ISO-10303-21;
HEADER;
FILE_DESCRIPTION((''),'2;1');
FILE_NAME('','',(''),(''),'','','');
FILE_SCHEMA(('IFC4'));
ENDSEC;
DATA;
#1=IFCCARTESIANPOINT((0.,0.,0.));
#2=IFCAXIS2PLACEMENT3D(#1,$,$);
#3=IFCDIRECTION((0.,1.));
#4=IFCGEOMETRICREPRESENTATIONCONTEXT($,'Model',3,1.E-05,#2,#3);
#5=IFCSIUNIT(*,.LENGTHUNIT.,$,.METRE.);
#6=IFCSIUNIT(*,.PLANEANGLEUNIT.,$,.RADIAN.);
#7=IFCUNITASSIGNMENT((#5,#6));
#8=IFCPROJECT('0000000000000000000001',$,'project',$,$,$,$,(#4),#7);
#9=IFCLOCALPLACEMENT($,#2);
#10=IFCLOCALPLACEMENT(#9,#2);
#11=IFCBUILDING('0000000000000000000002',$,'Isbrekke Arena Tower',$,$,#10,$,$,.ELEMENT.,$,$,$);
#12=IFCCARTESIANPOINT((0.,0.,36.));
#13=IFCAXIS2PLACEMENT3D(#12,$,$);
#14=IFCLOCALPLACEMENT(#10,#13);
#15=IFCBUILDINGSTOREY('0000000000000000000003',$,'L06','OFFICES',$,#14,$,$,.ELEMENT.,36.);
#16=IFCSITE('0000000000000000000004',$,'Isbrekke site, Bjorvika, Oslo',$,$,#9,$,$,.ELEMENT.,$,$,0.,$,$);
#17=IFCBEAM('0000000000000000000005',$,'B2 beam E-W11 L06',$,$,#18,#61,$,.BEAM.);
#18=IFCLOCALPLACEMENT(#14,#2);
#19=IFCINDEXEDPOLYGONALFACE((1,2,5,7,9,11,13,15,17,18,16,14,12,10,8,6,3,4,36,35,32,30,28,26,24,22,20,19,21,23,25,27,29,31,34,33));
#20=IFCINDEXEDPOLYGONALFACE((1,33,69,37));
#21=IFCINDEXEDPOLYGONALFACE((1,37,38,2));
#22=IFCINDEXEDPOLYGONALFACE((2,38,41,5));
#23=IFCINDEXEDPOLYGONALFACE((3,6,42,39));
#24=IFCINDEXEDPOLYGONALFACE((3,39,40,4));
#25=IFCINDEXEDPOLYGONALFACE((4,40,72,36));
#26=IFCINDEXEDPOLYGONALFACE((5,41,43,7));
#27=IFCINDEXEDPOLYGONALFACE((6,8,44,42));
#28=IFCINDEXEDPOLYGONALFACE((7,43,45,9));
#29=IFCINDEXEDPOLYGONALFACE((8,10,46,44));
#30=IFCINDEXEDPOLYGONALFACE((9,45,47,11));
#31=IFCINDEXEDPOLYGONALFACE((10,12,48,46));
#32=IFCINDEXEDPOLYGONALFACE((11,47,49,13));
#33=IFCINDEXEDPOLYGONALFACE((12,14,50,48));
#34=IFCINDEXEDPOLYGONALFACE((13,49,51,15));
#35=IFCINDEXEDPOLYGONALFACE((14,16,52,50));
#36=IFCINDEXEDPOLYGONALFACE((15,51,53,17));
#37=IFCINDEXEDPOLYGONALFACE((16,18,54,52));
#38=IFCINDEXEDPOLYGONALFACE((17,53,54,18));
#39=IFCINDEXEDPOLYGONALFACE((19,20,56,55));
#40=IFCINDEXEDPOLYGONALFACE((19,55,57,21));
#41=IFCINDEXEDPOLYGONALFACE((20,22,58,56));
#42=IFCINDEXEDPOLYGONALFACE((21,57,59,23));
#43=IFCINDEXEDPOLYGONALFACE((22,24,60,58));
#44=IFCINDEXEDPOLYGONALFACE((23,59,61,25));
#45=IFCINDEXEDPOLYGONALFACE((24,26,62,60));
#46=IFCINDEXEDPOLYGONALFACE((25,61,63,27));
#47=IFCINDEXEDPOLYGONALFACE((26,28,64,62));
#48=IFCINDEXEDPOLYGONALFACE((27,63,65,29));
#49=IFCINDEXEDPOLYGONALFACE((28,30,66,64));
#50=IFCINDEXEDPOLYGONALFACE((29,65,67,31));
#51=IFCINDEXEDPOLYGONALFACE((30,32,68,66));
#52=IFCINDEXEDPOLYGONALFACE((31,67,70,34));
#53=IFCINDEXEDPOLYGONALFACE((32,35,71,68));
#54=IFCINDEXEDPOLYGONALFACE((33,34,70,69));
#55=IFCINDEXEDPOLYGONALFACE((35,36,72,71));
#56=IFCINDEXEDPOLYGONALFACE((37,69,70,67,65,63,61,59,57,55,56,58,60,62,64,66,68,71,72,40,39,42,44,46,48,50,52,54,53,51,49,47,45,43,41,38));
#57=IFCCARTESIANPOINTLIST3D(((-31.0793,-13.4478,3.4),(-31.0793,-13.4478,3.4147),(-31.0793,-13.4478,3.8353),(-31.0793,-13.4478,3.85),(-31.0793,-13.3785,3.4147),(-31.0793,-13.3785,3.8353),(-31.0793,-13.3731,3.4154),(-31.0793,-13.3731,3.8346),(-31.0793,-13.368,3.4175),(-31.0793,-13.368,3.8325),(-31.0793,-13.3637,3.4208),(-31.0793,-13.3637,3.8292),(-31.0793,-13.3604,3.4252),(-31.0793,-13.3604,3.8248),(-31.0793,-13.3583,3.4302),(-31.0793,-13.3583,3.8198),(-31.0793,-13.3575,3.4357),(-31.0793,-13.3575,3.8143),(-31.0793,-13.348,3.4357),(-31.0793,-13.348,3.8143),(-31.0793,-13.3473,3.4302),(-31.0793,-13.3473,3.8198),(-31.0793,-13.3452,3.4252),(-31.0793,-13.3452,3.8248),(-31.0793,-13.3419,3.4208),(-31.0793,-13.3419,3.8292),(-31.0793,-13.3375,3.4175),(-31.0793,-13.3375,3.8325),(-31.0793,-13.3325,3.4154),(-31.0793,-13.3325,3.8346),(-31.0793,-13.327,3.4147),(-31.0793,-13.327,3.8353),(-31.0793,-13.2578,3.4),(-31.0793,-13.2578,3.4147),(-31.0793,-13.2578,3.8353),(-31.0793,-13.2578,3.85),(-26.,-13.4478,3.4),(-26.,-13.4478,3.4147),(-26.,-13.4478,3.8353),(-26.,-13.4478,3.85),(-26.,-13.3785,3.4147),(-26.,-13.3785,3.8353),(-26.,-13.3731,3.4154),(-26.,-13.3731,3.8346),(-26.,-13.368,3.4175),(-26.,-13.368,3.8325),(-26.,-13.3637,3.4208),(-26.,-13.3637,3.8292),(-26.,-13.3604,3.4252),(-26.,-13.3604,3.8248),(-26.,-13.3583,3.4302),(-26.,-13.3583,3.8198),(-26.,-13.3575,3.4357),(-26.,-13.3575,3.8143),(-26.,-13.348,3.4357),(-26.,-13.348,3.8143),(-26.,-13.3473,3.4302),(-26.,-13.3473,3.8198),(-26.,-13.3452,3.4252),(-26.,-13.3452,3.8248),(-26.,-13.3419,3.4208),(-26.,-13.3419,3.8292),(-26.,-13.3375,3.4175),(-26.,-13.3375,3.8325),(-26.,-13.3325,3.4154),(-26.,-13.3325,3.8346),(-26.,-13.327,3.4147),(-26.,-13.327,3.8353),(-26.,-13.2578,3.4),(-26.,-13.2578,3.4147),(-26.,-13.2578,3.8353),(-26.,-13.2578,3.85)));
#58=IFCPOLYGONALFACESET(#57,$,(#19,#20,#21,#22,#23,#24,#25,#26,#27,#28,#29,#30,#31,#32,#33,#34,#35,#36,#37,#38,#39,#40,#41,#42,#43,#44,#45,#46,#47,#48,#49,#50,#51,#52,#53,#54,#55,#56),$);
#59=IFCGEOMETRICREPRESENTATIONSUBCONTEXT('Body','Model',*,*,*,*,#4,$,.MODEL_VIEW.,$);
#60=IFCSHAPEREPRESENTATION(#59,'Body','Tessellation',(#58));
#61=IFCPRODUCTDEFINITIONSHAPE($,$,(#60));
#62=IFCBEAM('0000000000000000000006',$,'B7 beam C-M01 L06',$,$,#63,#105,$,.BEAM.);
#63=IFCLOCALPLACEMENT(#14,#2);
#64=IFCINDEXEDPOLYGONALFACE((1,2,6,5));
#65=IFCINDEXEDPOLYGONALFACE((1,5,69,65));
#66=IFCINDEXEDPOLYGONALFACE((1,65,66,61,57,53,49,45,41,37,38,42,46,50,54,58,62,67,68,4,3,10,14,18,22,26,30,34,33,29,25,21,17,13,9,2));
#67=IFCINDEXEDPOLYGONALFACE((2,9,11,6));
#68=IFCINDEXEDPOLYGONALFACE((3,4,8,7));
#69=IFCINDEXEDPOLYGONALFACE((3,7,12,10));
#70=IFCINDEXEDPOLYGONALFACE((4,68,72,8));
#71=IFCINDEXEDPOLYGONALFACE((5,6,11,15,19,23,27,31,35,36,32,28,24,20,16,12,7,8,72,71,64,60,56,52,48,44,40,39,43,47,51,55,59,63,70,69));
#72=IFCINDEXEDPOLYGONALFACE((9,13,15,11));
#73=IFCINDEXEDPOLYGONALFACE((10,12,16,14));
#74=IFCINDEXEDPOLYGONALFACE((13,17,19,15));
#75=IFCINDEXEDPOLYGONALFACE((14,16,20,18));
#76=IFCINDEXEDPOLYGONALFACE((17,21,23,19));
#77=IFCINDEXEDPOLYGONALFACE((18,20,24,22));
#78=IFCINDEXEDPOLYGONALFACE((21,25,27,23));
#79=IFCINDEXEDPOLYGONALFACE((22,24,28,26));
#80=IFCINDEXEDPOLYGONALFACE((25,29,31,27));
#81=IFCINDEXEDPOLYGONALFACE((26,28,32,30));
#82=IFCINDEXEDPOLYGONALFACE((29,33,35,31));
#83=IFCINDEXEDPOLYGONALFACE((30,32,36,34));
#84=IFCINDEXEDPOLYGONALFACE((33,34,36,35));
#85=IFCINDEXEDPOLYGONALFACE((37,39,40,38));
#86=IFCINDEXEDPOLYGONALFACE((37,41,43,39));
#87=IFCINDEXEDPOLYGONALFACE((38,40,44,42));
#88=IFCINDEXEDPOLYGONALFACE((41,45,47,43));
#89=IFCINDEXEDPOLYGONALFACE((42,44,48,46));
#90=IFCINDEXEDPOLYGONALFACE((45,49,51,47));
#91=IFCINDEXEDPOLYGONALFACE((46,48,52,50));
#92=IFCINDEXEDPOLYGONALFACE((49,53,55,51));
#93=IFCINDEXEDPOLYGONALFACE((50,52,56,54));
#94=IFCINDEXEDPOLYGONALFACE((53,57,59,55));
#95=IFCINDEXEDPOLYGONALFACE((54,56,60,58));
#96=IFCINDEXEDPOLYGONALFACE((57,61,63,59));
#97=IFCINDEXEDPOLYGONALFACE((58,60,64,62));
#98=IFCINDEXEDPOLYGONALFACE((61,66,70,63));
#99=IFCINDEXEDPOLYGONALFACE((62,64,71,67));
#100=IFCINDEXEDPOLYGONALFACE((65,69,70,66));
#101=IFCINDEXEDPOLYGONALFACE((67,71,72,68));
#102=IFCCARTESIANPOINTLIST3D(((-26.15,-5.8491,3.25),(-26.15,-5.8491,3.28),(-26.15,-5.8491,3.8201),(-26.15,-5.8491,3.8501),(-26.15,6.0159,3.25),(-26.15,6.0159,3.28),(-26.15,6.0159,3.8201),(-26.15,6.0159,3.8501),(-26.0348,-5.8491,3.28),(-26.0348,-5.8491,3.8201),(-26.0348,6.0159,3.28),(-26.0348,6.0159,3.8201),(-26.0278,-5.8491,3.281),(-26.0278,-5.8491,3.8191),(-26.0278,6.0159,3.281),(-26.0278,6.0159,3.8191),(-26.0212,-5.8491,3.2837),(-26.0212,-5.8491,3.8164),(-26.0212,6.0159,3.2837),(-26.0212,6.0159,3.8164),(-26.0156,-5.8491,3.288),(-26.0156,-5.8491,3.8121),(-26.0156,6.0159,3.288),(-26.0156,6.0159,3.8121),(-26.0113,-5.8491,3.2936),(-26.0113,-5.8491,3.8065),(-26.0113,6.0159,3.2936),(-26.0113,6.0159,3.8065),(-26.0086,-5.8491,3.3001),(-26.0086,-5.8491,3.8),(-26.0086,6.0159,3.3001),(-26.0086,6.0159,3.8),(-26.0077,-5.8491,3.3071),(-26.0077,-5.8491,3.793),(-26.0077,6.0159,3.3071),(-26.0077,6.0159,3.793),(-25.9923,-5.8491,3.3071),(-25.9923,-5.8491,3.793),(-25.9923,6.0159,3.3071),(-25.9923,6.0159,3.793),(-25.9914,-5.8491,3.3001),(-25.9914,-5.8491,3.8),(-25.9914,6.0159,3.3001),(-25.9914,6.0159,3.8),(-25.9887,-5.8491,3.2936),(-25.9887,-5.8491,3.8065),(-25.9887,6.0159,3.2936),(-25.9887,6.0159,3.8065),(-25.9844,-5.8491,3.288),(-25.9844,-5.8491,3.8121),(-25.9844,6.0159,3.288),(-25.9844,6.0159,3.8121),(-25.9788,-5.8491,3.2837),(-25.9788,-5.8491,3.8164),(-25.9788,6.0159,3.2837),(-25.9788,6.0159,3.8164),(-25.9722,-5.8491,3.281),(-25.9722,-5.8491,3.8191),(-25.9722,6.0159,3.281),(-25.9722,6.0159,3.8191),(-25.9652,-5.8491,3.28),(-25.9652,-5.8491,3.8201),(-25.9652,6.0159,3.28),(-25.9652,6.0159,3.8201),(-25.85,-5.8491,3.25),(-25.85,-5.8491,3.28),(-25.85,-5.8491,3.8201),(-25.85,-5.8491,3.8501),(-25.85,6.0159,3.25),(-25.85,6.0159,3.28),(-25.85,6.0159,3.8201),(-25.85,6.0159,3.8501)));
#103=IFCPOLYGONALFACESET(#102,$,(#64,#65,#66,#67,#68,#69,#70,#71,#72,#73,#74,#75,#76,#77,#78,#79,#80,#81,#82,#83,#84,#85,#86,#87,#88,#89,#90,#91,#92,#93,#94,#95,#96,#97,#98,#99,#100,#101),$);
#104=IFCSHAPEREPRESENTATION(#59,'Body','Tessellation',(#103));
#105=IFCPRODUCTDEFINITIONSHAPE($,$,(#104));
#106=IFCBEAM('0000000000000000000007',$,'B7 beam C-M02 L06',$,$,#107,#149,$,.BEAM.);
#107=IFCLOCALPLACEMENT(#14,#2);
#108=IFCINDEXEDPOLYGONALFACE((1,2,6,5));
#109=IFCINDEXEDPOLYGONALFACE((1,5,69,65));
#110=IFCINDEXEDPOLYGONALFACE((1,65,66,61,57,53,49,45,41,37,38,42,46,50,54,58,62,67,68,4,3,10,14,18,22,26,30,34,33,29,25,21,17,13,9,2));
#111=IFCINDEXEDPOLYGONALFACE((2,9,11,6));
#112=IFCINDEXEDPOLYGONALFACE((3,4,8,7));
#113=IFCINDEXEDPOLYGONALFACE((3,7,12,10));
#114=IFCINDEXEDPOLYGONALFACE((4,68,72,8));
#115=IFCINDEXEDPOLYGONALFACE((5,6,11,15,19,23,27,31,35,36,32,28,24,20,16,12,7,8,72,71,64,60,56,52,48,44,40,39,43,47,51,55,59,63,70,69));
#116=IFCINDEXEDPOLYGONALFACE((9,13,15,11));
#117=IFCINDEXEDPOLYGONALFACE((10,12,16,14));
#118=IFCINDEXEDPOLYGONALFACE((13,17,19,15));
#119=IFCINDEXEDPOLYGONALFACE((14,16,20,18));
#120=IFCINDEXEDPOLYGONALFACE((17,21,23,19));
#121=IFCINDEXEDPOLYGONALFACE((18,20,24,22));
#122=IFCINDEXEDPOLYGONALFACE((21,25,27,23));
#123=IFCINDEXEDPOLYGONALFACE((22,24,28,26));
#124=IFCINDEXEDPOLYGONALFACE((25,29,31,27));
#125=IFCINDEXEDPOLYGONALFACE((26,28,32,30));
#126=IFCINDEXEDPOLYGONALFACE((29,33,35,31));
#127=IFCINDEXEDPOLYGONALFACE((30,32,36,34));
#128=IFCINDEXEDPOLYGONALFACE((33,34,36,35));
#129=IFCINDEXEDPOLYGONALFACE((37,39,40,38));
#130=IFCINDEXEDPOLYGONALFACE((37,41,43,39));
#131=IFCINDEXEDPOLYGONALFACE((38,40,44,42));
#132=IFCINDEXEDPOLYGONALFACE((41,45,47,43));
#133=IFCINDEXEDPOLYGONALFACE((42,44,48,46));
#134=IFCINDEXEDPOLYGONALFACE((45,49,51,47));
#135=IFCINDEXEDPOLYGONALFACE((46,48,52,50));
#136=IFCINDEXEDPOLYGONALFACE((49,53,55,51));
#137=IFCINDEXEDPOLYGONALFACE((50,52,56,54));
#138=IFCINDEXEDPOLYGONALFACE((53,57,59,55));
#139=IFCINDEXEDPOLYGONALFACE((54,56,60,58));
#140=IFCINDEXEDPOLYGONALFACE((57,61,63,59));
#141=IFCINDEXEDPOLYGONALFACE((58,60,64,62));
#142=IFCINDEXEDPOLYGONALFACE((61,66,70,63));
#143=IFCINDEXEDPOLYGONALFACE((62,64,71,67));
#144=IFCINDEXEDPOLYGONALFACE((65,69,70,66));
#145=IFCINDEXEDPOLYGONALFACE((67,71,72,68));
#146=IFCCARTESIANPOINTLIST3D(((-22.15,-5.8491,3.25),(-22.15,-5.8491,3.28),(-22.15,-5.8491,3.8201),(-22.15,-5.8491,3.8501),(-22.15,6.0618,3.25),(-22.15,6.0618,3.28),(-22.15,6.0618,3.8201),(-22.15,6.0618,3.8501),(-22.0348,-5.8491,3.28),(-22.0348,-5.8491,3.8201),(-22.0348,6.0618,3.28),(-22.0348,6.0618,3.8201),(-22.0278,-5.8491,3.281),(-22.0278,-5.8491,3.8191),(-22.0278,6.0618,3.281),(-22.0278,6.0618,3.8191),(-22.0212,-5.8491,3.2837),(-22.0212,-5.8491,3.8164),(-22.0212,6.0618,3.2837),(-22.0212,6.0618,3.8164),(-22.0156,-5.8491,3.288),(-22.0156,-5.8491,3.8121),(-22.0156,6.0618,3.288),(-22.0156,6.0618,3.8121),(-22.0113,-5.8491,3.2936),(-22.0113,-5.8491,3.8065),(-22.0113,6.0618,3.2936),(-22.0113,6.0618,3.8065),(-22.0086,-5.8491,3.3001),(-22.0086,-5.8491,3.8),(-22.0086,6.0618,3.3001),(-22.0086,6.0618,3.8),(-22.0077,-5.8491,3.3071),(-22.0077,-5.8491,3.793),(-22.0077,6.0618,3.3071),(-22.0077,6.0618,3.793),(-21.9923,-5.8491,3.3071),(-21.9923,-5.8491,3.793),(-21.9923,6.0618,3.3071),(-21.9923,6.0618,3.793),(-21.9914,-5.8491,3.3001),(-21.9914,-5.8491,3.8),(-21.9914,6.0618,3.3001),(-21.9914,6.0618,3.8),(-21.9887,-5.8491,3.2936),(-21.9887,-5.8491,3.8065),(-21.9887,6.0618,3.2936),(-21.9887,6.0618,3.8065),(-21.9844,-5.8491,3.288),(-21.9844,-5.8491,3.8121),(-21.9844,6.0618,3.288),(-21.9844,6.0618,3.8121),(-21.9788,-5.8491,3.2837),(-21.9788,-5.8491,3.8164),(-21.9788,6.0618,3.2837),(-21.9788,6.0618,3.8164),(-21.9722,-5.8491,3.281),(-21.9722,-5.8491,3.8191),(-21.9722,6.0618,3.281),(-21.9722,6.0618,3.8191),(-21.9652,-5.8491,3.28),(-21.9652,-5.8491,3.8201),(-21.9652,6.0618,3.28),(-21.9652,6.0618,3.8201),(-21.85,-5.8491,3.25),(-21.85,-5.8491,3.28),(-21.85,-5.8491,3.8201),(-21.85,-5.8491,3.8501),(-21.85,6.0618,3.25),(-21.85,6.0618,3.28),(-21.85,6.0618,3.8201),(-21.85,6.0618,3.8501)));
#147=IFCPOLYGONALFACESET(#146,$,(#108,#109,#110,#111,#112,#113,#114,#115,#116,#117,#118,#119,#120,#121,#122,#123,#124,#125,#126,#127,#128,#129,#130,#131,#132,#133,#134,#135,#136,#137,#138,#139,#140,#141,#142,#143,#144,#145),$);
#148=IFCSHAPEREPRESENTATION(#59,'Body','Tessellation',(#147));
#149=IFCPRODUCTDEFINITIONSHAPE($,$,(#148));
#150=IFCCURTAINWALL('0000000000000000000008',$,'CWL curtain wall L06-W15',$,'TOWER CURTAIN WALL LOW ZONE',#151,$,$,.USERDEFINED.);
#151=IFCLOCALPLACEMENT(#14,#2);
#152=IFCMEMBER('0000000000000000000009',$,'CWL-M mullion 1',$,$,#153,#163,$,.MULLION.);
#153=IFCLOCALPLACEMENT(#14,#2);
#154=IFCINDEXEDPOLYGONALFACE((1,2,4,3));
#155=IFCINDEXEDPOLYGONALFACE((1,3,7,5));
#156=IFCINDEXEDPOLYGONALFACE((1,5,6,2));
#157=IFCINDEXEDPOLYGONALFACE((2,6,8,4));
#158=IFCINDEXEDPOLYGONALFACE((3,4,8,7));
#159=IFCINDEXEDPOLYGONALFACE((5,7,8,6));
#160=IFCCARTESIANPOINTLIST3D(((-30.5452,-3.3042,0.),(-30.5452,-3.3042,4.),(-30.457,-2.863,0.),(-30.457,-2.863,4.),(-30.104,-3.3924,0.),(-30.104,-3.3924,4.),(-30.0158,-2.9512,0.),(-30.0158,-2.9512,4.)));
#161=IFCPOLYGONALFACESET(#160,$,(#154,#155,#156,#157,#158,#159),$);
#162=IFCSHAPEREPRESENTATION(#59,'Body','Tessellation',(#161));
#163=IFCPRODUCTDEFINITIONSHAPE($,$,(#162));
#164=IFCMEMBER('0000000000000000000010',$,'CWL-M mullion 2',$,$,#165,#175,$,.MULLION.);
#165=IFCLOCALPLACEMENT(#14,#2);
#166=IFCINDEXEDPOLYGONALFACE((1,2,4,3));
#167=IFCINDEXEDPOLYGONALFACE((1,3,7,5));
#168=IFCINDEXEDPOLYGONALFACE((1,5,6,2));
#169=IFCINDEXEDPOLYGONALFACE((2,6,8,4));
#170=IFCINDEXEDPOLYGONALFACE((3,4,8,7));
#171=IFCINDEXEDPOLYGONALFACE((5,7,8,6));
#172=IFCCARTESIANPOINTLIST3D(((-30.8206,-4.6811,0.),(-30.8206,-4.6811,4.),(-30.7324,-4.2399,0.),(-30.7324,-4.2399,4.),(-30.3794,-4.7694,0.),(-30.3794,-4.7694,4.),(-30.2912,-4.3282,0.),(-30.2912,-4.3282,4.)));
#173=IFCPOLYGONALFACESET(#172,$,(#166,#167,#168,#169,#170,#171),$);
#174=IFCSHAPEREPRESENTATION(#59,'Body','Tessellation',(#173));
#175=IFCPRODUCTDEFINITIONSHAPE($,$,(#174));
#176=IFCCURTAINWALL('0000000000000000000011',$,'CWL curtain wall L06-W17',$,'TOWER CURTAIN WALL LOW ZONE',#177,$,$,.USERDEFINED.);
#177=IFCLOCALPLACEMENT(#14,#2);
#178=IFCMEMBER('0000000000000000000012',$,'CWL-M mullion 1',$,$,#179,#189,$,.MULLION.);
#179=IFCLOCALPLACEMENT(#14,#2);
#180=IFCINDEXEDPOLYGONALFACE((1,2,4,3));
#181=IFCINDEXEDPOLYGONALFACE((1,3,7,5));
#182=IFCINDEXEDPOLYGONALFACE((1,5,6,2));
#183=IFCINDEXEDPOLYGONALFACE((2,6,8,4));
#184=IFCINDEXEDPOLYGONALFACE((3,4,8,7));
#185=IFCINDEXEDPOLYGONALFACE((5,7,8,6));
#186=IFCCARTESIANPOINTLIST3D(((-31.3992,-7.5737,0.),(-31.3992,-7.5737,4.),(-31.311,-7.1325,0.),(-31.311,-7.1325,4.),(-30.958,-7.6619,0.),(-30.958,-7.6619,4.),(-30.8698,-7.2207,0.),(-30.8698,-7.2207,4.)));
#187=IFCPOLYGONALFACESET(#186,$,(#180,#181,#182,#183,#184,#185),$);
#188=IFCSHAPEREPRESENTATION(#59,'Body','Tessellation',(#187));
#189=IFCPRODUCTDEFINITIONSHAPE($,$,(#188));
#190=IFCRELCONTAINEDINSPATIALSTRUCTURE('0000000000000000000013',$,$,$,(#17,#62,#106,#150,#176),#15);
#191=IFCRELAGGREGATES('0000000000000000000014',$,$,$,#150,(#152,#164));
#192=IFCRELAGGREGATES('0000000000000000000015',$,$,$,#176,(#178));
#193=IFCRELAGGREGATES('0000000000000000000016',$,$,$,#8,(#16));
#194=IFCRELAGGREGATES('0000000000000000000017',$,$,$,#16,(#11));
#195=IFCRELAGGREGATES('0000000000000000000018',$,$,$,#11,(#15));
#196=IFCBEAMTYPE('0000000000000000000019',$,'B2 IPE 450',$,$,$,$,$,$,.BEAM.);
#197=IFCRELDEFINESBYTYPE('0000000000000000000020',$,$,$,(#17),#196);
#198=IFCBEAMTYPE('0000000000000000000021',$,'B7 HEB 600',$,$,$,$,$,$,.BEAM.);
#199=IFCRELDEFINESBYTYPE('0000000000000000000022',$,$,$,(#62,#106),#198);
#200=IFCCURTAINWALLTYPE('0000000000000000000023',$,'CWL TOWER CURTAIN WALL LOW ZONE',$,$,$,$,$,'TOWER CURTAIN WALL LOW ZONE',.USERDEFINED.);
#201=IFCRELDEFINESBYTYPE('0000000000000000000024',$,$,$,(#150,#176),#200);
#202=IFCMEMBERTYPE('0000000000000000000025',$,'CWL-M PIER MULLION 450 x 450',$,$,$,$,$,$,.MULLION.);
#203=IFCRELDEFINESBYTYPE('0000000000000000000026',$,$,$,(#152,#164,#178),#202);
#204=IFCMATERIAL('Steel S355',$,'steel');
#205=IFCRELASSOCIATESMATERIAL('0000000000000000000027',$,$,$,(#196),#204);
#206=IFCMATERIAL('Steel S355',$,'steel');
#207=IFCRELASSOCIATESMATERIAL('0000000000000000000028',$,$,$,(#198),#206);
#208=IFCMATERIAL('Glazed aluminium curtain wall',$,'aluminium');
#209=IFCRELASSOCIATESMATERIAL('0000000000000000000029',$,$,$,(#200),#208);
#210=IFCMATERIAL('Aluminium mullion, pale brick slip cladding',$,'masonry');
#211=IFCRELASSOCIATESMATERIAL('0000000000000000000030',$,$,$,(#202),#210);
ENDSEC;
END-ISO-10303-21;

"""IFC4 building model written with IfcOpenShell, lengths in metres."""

from ifc_helpers import new_model, si_unit, direction, frame, origin, origin_2d, place, context, subcontext, project, spatial, rectangle, i_section, extrude, material, material_profile, profile_set, type_object, element, aggregate, save


model = new_model("IFC4")

# Units and contexts
model_context = context("Model", 3, precision=1e-05, world=origin(), true_north=direction((0.0, 1.0)))
body_context = subcontext(model_context, "Body", "Model", "MODEL_VIEW")
ifc_project = project(units=[si_unit("LENGTHUNIT", "METRE"), si_unit("PLANEANGLEUNIT", "RADIAN")], contexts=[model_context])

# Site, building, storey
site_placement = place(None, origin())
site = spatial("IfcSite", under=ifc_project, at=site_placement, Name="Isbrekke site, Bjorvika, Oslo", CompositionType="ELEMENT", RefElevation=0.0)
building_placement = place(site_placement, origin())
building = spatial("IfcBuilding", under=site, at=building_placement, Name="Isbrekke Arena Tower", CompositionType="ELEMENT")
storey_placement = place(building_placement, frame((0.0, 0.0, 36.0)))
storey = spatial("IfcBuildingStorey", under=building, at=storey_placement, Name="L06", Description="OFFICES", CompositionType="ELEMENT", Elevation=36.0)

# Beams
ifc_material_1 = material(Name="Steel S355", Category="steel")
ifc_material_profile_1 = material_profile(ifc_material_1, i_section(OverallWidth=0.1899, OverallDepth=0.45, WebThickness=0.0095, FlangeThickness=0.0146, FilletRadius=0.021, at=origin_2d()), Name="IPE 450")
ifc_profile_set_1 = profile_set([ifc_material_profile_1], Name="Steel S355")
beam_type_1 = type_object("IfcBeamType", Name="B2 IPE 450", PredefinedType="BEAM", material=ifc_profile_set_1)
beam_1_placement = place(storey_placement, frame((-31.0793, -13.3528, 3.625), z_axis=(1.0, 0.0, 0.0), x_axis=(0.0, 1.0, 0.0)))
element("IfcBeam", 1, at=beam_1_placement, inside=storey, type_object=beam_type_1, Name="B2 beam E-W11 L06", PredefinedType="BEAM", context=body_context, shape_type="SweptSolid", body=[
    extrude(i_section(OverallWidth=0.1899, OverallDepth=0.45, WebThickness=0.0095, FlangeThickness=0.0146, FilletRadius=0.021, at=origin_2d()), origin(), (0.0, 0.0, 1.0), 5.0793),
])
ifc_material_2 = material(Name="Steel S355", Category="steel")
ifc_material_profile_2 = material_profile(ifc_material_2, i_section(OverallWidth=0.3, OverallDepth=0.6001, WebThickness=0.0154, FlangeThickness=0.03, FilletRadius=0.0271, at=origin_2d()), Name="HEB 600")
ifc_profile_set_2 = profile_set([ifc_material_profile_2], Name="Steel S355")
beam_type_2 = type_object("IfcBeamType", Name="B7 HEB 600", PredefinedType="BEAM", material=ifc_profile_set_2)
beam_2_placement = place(storey_placement, frame((-26.0, -5.8491, 3.55), z_axis=(0.0, 1.0, 0.0), x_axis=(-1.0, 0.0, 0.0)))
element("IfcBeam", 2, at=beam_2_placement, inside=storey, type_object=beam_type_2, Name="B7 beam C-M01 L06", PredefinedType="BEAM", context=body_context, shape_type="SweptSolid", body=[
    extrude(i_section(OverallWidth=0.3, OverallDepth=0.6001, WebThickness=0.0154, FlangeThickness=0.03, FilletRadius=0.0271, at=origin_2d()), origin(), (0.0, 0.0, 1.0), 11.865),
])
beam_3_placement = place(storey_placement, frame((-22.0, -5.8491, 3.55), z_axis=(0.0, 1.0, 0.0), x_axis=(-1.0, 0.0, 0.0)))
element("IfcBeam", 3, at=beam_3_placement, inside=storey, type_object=beam_type_2, Name="B7 beam C-M02 L06", PredefinedType="BEAM", context=body_context, shape_type="SweptSolid", body=[
    extrude(i_section(OverallWidth=0.3, OverallDepth=0.6001, WebThickness=0.0154, FlangeThickness=0.03, FilletRadius=0.0271, at=origin_2d()), origin(), (0.0, 0.0, 1.0), 11.9109),
])

# Curtain walls, members
ifc_material_3 = material(Name="Glazed aluminium curtain wall", Category="aluminium")
curtain_wall_type = type_object("IfcCurtainWallType", Name="CWL TOWER CURTAIN WALL LOW ZONE", ElementType="TOWER CURTAIN WALL LOW ZONE", PredefinedType="USERDEFINED", material=ifc_material_3)
curtain_wall_1_placement = place(storey_placement, origin())
curtain_wall_1 = element("IfcCurtainWall", 4, at=curtain_wall_1_placement, inside=storey, type_object=curtain_wall_type, Name="CWL curtain wall L06-W15", ObjectType="TOWER CURTAIN WALL LOW ZONE", PredefinedType="USERDEFINED")
ifc_material_4 = material(Name="Aluminium mullion, pale brick slip cladding", Category="masonry")
ifc_material_profile_3 = material_profile(ifc_material_4, rectangle(XDim=0.45, YDim=0.45, at=origin_2d()), Name="PIER 450X450")
ifc_profile_set_3 = profile_set([ifc_material_profile_3], Name="Aluminium mullion, pale brick slip cladding")
member_type_1 = type_object("IfcMemberType", Name="CWL-M PIER MULLION 450 x 450", PredefinedType="MULLION", material=ifc_profile_set_3)
member_1_placement = place(storey_placement, frame((-30.2805, -3.1277, 0.0), z_axis=(0.0, 0.0, 1.0), x_axis=(-0.196116, -0.980581, 0.0)))
member_1 = element("IfcMember", 5, at=member_1_placement, type_object=member_type_1, Name="CWL-M mullion 1", PredefinedType="MULLION", context=body_context, shape_type="SweptSolid", body=[
    extrude(rectangle(XDim=0.45, YDim=0.45, at=origin_2d()), origin(), (0.0, 0.0, 1.0), 4.0),
])
member_2_placement = place(storey_placement, frame((-30.5559, -4.5046, 0.0), z_axis=(0.0, 0.0, 1.0), x_axis=(-0.196116, -0.980581, 0.0)))
member_2 = element("IfcMember", 6, at=member_2_placement, type_object=member_type_1, Name="CWL-M mullion 2", PredefinedType="MULLION", context=body_context, shape_type="SweptSolid", body=[
    extrude(rectangle(XDim=0.45, YDim=0.45, at=origin_2d()), origin(), (0.0, 0.0, 1.0), 4.0),
])
curtain_wall_2_placement = place(storey_placement, origin())
curtain_wall_2 = element("IfcCurtainWall", 7, at=curtain_wall_2_placement, inside=storey, type_object=curtain_wall_type, Name="CWL curtain wall L06-W17", ObjectType="TOWER CURTAIN WALL LOW ZONE", PredefinedType="USERDEFINED")
member_3_placement = place(storey_placement, frame((-31.1345, -7.3972, 0.0), z_axis=(0.0, 0.0, 1.0), x_axis=(-0.196116, -0.980581, 0.0)))
member_3 = element("IfcMember", 8, at=member_3_placement, type_object=member_type_1, Name="CWL-M mullion 1", PredefinedType="MULLION", context=body_context, shape_type="SweptSolid", body=[
    extrude(rectangle(XDim=0.45, YDim=0.45, at=origin_2d()), origin(), (0.0, 0.0, 1.0), 4.0),
])

aggregate(curtain_wall_1, [member_1, member_2])
aggregate(curtain_wall_2, [member_3])

save(model, "model.ifc")
